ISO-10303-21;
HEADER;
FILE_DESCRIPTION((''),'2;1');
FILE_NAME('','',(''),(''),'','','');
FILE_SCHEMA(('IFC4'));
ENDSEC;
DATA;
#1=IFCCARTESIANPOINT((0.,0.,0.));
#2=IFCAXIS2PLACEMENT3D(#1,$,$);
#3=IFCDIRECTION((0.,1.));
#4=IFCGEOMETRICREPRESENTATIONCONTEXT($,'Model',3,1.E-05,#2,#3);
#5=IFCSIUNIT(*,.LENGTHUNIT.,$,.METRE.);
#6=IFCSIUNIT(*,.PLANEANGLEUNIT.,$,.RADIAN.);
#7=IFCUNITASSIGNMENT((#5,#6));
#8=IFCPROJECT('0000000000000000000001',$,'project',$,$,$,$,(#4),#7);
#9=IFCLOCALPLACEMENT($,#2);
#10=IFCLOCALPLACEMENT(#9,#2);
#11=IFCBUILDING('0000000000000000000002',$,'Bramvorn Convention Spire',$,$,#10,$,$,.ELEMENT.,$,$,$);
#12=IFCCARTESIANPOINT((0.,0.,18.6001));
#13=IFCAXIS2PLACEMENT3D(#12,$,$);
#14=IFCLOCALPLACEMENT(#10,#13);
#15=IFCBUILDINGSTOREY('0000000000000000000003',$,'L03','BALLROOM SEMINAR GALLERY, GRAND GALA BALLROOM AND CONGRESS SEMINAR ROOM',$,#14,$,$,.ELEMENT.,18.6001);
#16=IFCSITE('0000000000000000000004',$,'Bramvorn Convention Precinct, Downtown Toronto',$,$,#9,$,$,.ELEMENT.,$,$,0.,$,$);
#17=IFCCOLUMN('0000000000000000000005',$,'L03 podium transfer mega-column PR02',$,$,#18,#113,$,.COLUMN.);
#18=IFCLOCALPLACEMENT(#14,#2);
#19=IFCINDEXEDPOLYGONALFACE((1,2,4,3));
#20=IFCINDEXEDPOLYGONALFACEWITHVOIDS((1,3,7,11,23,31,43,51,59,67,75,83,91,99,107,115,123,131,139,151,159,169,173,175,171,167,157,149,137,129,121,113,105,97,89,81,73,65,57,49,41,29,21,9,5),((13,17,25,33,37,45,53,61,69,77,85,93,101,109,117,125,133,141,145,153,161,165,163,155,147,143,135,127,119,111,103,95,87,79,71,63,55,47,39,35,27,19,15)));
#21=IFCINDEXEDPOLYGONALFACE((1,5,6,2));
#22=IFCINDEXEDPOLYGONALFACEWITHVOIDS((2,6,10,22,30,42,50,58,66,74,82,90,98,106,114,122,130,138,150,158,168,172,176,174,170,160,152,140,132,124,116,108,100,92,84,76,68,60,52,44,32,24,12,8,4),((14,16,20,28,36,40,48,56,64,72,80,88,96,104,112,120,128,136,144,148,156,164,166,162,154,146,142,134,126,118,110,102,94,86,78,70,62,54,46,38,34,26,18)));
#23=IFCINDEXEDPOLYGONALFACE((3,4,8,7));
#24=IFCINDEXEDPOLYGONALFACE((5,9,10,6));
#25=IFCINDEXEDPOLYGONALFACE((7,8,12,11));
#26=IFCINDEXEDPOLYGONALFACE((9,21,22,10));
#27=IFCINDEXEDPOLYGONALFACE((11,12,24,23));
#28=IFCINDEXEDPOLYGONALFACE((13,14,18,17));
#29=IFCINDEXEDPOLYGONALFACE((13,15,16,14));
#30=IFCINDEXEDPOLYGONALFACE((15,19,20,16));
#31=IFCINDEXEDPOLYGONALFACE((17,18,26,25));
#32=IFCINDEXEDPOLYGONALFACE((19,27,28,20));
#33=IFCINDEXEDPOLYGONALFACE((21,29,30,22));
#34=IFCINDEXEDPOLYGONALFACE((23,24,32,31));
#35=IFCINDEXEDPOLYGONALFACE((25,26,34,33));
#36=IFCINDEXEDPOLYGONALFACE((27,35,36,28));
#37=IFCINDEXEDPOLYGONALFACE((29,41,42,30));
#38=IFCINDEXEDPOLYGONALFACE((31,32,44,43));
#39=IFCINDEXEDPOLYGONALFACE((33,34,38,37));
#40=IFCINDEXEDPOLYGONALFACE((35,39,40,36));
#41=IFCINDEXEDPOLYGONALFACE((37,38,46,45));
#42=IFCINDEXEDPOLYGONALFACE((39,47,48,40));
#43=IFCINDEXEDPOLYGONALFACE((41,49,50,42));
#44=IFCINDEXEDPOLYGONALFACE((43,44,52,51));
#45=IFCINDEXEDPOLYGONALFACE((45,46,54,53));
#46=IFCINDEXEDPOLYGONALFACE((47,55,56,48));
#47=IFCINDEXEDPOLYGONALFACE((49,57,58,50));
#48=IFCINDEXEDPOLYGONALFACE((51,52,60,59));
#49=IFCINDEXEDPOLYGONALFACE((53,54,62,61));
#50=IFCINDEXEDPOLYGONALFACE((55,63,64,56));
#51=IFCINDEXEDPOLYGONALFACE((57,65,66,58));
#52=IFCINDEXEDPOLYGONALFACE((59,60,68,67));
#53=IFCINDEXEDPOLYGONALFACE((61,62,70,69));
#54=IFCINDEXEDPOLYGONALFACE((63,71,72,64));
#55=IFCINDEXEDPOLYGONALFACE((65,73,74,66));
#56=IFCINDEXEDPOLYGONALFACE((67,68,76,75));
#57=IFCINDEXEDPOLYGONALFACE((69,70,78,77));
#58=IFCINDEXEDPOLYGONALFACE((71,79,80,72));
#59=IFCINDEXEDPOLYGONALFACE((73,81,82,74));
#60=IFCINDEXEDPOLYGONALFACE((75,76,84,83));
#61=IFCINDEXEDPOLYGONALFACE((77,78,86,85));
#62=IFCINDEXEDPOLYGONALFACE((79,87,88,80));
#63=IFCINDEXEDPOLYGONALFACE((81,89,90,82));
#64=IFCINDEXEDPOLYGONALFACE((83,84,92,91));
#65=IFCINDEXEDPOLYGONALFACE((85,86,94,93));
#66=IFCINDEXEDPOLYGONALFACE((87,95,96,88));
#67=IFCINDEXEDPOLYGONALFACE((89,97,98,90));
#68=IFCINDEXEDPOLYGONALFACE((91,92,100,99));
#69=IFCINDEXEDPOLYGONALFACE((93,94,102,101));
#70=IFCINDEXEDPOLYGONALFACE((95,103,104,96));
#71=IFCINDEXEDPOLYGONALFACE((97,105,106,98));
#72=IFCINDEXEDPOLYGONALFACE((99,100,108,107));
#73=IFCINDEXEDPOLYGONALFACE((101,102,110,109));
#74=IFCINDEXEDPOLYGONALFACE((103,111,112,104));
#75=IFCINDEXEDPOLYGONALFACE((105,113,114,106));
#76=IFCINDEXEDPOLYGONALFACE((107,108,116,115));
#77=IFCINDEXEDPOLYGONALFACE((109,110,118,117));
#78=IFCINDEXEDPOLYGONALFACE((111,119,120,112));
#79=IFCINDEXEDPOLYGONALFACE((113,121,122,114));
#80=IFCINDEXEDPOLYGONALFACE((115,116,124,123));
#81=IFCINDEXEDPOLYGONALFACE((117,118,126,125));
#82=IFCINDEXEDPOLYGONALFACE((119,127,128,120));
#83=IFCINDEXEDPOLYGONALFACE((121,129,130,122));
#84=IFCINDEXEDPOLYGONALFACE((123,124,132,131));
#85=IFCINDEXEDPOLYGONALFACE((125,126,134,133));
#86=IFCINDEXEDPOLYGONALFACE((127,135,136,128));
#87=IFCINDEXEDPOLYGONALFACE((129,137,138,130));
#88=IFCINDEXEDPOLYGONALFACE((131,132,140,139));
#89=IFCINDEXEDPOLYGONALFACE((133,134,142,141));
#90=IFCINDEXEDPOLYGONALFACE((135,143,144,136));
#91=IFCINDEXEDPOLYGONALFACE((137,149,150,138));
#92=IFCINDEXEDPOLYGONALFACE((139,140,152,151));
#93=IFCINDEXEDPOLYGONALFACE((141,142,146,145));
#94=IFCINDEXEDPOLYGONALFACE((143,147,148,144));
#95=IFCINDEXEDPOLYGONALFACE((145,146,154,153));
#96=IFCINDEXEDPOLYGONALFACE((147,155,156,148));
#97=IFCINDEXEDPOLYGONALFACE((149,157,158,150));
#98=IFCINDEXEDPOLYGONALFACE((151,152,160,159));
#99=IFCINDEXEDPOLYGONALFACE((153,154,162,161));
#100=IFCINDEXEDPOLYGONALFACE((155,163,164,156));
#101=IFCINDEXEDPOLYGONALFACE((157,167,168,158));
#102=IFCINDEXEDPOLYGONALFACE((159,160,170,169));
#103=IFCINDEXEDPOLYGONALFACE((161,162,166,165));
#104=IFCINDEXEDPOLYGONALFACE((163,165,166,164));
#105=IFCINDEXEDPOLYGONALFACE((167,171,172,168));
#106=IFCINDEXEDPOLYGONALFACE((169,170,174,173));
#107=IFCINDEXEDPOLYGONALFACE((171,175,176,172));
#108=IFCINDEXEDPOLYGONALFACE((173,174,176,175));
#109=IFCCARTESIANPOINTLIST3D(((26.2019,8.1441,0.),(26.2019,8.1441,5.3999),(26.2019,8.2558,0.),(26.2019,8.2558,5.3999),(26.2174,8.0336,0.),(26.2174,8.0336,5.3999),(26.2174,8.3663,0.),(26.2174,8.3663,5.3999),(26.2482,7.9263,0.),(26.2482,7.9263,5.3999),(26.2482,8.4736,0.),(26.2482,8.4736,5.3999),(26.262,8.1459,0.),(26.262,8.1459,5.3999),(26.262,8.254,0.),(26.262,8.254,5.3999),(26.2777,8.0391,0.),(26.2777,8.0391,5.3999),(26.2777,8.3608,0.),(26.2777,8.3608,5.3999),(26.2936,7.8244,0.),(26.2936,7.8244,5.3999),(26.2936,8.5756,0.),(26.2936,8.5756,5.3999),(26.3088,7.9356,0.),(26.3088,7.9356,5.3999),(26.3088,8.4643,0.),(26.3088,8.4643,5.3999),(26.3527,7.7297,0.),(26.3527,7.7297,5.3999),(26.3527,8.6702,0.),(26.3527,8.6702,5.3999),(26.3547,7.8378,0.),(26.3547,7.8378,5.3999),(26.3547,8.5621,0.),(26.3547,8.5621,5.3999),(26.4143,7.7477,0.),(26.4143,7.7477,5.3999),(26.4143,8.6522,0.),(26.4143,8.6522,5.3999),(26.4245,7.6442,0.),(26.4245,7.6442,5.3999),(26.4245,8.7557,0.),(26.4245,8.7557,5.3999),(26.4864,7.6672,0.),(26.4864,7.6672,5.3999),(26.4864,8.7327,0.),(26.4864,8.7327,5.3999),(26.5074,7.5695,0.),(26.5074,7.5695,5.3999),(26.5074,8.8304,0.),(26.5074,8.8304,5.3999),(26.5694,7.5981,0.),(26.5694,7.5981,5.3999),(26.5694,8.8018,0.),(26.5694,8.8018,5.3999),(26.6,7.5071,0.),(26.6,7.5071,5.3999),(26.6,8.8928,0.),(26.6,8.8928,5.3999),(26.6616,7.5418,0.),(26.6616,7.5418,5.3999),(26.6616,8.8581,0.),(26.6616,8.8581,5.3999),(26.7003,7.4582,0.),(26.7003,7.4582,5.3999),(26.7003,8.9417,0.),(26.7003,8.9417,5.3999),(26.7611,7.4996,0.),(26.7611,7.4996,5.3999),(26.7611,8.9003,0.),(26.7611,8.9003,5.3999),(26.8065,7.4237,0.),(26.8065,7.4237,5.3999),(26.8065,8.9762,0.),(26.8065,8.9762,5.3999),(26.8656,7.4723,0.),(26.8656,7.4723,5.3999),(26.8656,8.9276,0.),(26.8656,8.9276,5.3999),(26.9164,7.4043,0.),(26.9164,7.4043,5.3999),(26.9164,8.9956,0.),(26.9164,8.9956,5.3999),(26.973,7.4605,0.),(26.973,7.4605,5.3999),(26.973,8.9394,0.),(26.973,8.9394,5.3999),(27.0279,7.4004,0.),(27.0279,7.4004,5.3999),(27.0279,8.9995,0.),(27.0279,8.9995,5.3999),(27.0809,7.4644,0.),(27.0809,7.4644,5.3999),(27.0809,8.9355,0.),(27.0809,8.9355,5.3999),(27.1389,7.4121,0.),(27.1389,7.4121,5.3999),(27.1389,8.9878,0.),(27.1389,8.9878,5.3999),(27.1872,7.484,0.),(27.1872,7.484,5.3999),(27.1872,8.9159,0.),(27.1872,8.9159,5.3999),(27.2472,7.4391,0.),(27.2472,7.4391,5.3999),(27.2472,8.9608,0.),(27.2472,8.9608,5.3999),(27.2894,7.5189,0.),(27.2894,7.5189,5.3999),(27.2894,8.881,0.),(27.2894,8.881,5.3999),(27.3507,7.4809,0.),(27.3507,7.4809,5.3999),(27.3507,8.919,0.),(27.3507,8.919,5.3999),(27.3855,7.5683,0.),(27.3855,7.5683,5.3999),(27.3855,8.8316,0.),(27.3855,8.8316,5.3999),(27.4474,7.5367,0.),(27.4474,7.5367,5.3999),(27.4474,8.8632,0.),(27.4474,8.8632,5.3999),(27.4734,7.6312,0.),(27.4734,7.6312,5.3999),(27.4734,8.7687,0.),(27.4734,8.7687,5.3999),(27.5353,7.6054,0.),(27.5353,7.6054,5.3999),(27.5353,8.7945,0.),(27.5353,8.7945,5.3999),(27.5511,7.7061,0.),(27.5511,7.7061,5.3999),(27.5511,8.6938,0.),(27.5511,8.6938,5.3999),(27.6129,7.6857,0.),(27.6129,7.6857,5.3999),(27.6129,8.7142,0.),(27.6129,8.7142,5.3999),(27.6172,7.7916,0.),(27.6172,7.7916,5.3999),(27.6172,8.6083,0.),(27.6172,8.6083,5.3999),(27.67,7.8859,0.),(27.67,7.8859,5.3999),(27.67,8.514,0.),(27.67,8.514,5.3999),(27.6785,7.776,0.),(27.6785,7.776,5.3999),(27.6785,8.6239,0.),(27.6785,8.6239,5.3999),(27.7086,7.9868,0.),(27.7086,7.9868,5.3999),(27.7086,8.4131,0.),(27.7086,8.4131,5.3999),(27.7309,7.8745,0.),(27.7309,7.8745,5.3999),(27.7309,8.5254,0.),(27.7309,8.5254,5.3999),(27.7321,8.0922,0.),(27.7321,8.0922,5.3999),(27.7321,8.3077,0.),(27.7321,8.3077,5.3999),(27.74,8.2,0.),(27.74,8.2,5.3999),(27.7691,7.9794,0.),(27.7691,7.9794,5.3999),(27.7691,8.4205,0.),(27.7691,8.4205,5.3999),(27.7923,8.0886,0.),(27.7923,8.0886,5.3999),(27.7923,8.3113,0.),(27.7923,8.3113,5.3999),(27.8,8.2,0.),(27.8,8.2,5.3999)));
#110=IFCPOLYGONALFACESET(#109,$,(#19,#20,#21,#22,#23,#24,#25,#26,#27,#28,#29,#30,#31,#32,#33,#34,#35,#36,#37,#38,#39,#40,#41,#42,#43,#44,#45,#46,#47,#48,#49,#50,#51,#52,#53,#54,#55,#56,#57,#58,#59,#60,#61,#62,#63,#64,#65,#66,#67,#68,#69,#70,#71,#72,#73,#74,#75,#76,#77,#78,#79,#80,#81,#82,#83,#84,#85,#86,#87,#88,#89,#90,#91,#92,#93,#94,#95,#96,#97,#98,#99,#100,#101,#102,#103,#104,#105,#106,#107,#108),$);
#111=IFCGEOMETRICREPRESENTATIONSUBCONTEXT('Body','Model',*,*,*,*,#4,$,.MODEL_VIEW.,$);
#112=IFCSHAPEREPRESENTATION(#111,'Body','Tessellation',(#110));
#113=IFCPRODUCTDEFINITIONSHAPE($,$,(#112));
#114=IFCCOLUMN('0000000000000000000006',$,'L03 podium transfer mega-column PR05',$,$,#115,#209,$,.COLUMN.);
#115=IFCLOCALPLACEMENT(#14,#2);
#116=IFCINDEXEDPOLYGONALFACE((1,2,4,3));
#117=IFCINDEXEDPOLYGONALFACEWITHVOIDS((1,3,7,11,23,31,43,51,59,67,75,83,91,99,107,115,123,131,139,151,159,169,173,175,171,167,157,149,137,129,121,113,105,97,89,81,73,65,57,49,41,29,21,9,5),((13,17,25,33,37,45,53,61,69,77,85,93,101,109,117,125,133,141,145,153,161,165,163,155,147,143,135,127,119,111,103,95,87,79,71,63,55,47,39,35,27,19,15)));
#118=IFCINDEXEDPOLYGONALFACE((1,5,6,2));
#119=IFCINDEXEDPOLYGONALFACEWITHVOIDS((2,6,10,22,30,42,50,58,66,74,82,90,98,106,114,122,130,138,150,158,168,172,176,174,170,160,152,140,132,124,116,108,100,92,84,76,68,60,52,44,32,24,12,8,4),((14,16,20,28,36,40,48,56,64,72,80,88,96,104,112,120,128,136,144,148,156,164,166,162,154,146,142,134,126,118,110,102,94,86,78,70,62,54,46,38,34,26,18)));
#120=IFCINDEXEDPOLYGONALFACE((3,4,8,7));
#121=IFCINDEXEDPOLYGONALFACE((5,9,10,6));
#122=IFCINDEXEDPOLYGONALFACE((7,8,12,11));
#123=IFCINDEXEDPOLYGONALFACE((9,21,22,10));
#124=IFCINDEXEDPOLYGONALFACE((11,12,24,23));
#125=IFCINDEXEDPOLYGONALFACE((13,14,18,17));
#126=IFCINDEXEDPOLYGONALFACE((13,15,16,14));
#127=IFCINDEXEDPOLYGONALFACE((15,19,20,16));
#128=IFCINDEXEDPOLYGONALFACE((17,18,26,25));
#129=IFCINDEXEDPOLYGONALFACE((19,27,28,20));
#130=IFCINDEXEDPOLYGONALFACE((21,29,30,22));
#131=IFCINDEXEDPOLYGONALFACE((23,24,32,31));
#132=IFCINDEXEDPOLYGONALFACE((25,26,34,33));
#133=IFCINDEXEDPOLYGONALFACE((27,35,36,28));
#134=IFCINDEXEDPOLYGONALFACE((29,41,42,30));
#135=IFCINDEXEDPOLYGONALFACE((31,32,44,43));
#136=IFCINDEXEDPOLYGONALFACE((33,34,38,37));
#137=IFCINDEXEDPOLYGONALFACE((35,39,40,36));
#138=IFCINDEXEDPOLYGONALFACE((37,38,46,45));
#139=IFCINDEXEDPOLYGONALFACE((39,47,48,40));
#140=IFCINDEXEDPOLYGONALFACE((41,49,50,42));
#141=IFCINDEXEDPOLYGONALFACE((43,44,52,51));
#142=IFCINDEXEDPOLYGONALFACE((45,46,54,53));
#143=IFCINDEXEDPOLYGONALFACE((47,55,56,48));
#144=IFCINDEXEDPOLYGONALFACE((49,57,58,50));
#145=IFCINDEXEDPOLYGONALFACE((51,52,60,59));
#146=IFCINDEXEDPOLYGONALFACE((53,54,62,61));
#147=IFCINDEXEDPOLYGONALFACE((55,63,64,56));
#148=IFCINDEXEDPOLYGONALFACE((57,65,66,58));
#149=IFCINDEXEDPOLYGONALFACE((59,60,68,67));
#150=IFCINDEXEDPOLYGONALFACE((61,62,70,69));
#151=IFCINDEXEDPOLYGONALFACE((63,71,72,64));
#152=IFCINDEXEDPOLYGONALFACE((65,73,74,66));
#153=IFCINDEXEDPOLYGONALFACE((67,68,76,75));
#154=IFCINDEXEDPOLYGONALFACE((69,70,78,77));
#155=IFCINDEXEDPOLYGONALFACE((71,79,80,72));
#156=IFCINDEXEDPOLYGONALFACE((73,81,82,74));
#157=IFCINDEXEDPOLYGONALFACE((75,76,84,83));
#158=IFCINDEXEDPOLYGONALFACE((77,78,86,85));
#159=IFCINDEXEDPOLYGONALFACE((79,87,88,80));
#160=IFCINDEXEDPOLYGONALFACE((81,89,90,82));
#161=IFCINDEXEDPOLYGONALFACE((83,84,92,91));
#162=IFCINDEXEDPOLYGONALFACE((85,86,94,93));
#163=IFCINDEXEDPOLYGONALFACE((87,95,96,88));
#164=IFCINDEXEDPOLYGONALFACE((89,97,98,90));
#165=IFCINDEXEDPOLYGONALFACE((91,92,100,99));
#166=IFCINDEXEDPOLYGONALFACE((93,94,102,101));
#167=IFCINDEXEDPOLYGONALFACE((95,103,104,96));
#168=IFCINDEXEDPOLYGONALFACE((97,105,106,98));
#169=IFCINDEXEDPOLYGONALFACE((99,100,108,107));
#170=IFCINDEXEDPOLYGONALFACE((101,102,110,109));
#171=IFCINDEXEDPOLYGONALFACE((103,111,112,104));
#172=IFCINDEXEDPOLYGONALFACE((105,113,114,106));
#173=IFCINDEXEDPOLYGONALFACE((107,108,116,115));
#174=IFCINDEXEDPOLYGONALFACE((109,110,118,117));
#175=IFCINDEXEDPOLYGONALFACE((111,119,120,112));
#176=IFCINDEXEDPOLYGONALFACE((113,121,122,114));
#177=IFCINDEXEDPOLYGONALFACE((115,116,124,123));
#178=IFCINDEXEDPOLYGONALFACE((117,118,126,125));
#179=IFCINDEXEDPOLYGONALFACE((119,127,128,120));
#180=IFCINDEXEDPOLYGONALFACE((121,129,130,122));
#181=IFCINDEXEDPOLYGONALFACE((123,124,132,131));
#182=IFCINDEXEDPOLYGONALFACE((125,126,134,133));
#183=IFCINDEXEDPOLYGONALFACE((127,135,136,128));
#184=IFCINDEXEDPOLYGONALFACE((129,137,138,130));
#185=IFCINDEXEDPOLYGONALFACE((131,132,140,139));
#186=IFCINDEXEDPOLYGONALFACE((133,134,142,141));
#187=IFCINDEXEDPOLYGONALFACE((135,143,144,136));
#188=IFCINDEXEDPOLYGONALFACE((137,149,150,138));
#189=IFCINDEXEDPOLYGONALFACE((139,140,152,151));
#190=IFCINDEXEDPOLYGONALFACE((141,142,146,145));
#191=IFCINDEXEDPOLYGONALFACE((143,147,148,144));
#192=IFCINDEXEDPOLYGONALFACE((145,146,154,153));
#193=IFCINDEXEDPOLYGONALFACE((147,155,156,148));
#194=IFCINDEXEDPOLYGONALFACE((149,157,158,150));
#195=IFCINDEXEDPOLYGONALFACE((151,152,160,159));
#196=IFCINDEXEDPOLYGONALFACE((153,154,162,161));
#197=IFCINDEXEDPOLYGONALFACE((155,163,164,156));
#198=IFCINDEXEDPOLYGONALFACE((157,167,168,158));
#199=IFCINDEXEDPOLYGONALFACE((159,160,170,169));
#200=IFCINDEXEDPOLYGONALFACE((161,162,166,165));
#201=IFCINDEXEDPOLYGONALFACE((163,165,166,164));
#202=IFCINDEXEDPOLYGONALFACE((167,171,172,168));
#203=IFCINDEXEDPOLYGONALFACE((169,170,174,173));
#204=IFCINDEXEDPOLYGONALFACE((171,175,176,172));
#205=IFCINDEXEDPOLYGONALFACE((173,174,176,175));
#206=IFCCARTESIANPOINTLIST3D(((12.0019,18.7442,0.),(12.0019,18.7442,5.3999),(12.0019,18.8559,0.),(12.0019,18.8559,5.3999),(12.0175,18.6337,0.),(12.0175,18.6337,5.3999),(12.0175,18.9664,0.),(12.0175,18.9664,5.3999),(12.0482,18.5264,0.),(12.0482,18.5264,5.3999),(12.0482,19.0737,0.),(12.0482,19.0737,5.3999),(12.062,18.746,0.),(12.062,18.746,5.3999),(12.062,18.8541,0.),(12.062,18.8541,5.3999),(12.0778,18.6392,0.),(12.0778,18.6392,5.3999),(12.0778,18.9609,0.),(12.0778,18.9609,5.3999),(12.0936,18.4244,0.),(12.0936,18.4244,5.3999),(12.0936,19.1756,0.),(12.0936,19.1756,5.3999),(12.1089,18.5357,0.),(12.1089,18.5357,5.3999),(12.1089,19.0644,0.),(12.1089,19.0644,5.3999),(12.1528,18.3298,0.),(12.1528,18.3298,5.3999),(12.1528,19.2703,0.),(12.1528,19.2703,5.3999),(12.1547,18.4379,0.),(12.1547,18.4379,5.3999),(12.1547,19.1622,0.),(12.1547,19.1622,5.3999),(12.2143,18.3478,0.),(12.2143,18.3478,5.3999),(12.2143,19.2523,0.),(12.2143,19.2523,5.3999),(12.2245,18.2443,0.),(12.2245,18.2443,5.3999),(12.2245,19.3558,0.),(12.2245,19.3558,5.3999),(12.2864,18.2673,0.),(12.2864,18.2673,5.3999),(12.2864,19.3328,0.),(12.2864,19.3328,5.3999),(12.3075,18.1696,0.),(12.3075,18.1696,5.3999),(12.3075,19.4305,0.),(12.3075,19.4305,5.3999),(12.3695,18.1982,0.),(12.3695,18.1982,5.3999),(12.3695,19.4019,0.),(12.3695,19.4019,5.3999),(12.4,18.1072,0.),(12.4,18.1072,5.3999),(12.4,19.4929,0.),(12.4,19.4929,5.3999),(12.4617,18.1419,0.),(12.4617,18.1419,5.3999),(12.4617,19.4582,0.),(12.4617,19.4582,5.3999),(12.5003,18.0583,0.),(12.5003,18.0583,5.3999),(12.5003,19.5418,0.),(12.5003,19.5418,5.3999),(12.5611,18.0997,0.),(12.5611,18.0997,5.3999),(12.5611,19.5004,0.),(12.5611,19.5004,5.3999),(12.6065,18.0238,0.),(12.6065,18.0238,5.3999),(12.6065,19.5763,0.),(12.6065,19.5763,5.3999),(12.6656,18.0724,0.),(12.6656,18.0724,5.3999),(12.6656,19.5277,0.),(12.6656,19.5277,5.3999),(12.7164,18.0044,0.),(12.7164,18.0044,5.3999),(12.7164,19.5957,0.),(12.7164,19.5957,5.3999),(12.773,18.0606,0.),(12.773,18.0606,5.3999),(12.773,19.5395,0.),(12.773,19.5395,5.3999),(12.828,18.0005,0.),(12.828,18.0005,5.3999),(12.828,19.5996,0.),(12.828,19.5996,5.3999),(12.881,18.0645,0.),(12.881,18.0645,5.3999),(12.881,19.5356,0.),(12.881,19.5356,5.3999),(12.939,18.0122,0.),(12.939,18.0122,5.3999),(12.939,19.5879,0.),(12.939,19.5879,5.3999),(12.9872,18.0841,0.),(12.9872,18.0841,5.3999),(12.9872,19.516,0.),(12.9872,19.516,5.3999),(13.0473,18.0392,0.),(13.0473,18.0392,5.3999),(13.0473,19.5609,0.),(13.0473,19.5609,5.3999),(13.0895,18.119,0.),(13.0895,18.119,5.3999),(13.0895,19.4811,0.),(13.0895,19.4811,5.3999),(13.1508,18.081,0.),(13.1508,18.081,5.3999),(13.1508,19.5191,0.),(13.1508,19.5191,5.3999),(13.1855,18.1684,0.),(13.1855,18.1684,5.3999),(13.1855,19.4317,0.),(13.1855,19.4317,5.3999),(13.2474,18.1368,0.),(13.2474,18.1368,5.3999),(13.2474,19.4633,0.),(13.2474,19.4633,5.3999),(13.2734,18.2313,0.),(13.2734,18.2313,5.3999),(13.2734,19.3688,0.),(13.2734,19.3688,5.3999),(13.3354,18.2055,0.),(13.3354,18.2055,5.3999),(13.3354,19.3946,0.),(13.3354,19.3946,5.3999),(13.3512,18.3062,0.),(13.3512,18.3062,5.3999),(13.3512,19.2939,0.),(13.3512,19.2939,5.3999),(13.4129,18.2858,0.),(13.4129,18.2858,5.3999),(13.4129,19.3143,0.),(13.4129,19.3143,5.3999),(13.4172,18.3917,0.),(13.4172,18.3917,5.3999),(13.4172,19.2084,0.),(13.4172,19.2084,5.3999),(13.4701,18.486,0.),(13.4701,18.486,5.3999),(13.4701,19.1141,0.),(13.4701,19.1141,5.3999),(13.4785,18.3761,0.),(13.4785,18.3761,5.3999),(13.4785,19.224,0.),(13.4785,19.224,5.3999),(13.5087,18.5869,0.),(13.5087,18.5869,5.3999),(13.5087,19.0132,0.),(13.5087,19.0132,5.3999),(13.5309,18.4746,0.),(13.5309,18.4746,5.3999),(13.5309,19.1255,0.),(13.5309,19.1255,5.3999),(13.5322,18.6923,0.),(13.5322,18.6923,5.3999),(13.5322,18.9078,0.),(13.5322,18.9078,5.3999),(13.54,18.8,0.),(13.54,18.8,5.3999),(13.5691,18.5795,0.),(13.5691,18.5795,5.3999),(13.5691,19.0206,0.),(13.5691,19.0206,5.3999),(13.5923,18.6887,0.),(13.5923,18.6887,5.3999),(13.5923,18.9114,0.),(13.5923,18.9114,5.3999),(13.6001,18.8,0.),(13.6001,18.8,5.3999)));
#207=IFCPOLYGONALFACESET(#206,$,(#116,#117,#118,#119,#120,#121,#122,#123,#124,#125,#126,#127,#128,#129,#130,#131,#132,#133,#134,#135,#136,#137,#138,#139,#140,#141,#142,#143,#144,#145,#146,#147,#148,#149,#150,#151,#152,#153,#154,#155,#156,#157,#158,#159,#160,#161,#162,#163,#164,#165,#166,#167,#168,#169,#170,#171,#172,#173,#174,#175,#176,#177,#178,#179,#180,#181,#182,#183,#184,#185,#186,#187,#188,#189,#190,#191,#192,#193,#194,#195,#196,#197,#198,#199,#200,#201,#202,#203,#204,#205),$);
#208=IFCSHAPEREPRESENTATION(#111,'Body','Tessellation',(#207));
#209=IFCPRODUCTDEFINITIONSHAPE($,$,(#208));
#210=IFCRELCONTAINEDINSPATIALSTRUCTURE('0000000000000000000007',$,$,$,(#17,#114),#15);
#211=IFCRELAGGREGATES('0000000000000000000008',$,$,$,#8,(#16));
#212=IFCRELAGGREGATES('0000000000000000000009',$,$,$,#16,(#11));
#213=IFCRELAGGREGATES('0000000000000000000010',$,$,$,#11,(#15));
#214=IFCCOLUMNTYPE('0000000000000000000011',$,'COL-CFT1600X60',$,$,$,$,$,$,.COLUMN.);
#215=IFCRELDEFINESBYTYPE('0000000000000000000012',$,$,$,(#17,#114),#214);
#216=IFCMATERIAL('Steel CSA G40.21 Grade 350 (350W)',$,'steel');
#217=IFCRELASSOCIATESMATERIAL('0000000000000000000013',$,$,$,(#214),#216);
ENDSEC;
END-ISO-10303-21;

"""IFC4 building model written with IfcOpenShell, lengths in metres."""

from ifc_helpers import new_model, si_unit, direction, frame, origin, origin_2d, place, context, subcontext, project, spatial, hollow_circle, extrude, material, material_profile, profile_set, type_object, element, save


model = new_model("IFC4")

# Units and contexts
model_context = context("Model", 3, precision=1e-05, world=origin(), true_north=direction((0.0, 1.0)))
body_context = subcontext(model_context, "Body", "Model", "MODEL_VIEW")
ifc_project = project(units=[si_unit("LENGTHUNIT", "METRE"), si_unit("PLANEANGLEUNIT", "RADIAN")], contexts=[model_context])

# Site, building, storey
site_placement = place(None, origin())
site = spatial("IfcSite", under=ifc_project, at=site_placement, Name="Bramvorn Convention Precinct, Downtown Toronto", CompositionType="ELEMENT", RefElevation=0.0)
building_placement = place(site_placement, origin())
building = spatial("IfcBuilding", under=site, at=building_placement, Name="Bramvorn Convention Spire", CompositionType="ELEMENT")
storey_placement = place(building_placement, frame((0.0, 0.0, 18.6001)))
storey = spatial("IfcBuildingStorey", under=building, at=storey_placement, Name="L03", Description="BALLROOM SEMINAR GALLERY, GRAND GALA BALLROOM AND CONGRESS SEMINAR ROOM", CompositionType="ELEMENT", Elevation=18.6001)

# Columns
ifc_material_1 = material(Name="Steel CSA G40.21 Grade 350 (350W)", Category="steel")
ifc_material_profile_1 = material_profile(ifc_material_1, hollow_circle(Radius=0.8, WallThickness=0.0601, at=origin_2d()))
ifc_profile_set_1 = profile_set([ifc_material_profile_1], Name="Steel CSA G40.21 Grade 350 (350W) - CFT1600X60")
column_type_1 = type_object("IfcColumnType", Name="COL-CFT1600X60", PredefinedType="COLUMN", material=ifc_profile_set_1)
for number, where, z_axis, x_axis, name in (
    (1, (27.0, 8.2, 0.0), (0.0, 0.0, 1.0), (1.0, 0.0, 0.0), "L03 podium transfer mega-column PR02"),
    (2, (12.8, 18.8, 0.0), (0.0, 0.0, 1.0), (1.0, 0.0, 0.0), "L03 podium transfer mega-column PR05"),
):
    element("IfcColumn", number, at=place(storey_placement, frame(where, z_axis=z_axis, x_axis=x_axis)), inside=storey, type_object=column_type_1, Name=name, PredefinedType="COLUMN", context=body_context, shape_type="SweptSolid", body=[
        extrude(hollow_circle(Radius=0.8, WallThickness=0.0601, at=origin_2d()), origin(), (0.0, 0.0, 1.0), 5.3999),
    ])

save(model, "model.ifc")
